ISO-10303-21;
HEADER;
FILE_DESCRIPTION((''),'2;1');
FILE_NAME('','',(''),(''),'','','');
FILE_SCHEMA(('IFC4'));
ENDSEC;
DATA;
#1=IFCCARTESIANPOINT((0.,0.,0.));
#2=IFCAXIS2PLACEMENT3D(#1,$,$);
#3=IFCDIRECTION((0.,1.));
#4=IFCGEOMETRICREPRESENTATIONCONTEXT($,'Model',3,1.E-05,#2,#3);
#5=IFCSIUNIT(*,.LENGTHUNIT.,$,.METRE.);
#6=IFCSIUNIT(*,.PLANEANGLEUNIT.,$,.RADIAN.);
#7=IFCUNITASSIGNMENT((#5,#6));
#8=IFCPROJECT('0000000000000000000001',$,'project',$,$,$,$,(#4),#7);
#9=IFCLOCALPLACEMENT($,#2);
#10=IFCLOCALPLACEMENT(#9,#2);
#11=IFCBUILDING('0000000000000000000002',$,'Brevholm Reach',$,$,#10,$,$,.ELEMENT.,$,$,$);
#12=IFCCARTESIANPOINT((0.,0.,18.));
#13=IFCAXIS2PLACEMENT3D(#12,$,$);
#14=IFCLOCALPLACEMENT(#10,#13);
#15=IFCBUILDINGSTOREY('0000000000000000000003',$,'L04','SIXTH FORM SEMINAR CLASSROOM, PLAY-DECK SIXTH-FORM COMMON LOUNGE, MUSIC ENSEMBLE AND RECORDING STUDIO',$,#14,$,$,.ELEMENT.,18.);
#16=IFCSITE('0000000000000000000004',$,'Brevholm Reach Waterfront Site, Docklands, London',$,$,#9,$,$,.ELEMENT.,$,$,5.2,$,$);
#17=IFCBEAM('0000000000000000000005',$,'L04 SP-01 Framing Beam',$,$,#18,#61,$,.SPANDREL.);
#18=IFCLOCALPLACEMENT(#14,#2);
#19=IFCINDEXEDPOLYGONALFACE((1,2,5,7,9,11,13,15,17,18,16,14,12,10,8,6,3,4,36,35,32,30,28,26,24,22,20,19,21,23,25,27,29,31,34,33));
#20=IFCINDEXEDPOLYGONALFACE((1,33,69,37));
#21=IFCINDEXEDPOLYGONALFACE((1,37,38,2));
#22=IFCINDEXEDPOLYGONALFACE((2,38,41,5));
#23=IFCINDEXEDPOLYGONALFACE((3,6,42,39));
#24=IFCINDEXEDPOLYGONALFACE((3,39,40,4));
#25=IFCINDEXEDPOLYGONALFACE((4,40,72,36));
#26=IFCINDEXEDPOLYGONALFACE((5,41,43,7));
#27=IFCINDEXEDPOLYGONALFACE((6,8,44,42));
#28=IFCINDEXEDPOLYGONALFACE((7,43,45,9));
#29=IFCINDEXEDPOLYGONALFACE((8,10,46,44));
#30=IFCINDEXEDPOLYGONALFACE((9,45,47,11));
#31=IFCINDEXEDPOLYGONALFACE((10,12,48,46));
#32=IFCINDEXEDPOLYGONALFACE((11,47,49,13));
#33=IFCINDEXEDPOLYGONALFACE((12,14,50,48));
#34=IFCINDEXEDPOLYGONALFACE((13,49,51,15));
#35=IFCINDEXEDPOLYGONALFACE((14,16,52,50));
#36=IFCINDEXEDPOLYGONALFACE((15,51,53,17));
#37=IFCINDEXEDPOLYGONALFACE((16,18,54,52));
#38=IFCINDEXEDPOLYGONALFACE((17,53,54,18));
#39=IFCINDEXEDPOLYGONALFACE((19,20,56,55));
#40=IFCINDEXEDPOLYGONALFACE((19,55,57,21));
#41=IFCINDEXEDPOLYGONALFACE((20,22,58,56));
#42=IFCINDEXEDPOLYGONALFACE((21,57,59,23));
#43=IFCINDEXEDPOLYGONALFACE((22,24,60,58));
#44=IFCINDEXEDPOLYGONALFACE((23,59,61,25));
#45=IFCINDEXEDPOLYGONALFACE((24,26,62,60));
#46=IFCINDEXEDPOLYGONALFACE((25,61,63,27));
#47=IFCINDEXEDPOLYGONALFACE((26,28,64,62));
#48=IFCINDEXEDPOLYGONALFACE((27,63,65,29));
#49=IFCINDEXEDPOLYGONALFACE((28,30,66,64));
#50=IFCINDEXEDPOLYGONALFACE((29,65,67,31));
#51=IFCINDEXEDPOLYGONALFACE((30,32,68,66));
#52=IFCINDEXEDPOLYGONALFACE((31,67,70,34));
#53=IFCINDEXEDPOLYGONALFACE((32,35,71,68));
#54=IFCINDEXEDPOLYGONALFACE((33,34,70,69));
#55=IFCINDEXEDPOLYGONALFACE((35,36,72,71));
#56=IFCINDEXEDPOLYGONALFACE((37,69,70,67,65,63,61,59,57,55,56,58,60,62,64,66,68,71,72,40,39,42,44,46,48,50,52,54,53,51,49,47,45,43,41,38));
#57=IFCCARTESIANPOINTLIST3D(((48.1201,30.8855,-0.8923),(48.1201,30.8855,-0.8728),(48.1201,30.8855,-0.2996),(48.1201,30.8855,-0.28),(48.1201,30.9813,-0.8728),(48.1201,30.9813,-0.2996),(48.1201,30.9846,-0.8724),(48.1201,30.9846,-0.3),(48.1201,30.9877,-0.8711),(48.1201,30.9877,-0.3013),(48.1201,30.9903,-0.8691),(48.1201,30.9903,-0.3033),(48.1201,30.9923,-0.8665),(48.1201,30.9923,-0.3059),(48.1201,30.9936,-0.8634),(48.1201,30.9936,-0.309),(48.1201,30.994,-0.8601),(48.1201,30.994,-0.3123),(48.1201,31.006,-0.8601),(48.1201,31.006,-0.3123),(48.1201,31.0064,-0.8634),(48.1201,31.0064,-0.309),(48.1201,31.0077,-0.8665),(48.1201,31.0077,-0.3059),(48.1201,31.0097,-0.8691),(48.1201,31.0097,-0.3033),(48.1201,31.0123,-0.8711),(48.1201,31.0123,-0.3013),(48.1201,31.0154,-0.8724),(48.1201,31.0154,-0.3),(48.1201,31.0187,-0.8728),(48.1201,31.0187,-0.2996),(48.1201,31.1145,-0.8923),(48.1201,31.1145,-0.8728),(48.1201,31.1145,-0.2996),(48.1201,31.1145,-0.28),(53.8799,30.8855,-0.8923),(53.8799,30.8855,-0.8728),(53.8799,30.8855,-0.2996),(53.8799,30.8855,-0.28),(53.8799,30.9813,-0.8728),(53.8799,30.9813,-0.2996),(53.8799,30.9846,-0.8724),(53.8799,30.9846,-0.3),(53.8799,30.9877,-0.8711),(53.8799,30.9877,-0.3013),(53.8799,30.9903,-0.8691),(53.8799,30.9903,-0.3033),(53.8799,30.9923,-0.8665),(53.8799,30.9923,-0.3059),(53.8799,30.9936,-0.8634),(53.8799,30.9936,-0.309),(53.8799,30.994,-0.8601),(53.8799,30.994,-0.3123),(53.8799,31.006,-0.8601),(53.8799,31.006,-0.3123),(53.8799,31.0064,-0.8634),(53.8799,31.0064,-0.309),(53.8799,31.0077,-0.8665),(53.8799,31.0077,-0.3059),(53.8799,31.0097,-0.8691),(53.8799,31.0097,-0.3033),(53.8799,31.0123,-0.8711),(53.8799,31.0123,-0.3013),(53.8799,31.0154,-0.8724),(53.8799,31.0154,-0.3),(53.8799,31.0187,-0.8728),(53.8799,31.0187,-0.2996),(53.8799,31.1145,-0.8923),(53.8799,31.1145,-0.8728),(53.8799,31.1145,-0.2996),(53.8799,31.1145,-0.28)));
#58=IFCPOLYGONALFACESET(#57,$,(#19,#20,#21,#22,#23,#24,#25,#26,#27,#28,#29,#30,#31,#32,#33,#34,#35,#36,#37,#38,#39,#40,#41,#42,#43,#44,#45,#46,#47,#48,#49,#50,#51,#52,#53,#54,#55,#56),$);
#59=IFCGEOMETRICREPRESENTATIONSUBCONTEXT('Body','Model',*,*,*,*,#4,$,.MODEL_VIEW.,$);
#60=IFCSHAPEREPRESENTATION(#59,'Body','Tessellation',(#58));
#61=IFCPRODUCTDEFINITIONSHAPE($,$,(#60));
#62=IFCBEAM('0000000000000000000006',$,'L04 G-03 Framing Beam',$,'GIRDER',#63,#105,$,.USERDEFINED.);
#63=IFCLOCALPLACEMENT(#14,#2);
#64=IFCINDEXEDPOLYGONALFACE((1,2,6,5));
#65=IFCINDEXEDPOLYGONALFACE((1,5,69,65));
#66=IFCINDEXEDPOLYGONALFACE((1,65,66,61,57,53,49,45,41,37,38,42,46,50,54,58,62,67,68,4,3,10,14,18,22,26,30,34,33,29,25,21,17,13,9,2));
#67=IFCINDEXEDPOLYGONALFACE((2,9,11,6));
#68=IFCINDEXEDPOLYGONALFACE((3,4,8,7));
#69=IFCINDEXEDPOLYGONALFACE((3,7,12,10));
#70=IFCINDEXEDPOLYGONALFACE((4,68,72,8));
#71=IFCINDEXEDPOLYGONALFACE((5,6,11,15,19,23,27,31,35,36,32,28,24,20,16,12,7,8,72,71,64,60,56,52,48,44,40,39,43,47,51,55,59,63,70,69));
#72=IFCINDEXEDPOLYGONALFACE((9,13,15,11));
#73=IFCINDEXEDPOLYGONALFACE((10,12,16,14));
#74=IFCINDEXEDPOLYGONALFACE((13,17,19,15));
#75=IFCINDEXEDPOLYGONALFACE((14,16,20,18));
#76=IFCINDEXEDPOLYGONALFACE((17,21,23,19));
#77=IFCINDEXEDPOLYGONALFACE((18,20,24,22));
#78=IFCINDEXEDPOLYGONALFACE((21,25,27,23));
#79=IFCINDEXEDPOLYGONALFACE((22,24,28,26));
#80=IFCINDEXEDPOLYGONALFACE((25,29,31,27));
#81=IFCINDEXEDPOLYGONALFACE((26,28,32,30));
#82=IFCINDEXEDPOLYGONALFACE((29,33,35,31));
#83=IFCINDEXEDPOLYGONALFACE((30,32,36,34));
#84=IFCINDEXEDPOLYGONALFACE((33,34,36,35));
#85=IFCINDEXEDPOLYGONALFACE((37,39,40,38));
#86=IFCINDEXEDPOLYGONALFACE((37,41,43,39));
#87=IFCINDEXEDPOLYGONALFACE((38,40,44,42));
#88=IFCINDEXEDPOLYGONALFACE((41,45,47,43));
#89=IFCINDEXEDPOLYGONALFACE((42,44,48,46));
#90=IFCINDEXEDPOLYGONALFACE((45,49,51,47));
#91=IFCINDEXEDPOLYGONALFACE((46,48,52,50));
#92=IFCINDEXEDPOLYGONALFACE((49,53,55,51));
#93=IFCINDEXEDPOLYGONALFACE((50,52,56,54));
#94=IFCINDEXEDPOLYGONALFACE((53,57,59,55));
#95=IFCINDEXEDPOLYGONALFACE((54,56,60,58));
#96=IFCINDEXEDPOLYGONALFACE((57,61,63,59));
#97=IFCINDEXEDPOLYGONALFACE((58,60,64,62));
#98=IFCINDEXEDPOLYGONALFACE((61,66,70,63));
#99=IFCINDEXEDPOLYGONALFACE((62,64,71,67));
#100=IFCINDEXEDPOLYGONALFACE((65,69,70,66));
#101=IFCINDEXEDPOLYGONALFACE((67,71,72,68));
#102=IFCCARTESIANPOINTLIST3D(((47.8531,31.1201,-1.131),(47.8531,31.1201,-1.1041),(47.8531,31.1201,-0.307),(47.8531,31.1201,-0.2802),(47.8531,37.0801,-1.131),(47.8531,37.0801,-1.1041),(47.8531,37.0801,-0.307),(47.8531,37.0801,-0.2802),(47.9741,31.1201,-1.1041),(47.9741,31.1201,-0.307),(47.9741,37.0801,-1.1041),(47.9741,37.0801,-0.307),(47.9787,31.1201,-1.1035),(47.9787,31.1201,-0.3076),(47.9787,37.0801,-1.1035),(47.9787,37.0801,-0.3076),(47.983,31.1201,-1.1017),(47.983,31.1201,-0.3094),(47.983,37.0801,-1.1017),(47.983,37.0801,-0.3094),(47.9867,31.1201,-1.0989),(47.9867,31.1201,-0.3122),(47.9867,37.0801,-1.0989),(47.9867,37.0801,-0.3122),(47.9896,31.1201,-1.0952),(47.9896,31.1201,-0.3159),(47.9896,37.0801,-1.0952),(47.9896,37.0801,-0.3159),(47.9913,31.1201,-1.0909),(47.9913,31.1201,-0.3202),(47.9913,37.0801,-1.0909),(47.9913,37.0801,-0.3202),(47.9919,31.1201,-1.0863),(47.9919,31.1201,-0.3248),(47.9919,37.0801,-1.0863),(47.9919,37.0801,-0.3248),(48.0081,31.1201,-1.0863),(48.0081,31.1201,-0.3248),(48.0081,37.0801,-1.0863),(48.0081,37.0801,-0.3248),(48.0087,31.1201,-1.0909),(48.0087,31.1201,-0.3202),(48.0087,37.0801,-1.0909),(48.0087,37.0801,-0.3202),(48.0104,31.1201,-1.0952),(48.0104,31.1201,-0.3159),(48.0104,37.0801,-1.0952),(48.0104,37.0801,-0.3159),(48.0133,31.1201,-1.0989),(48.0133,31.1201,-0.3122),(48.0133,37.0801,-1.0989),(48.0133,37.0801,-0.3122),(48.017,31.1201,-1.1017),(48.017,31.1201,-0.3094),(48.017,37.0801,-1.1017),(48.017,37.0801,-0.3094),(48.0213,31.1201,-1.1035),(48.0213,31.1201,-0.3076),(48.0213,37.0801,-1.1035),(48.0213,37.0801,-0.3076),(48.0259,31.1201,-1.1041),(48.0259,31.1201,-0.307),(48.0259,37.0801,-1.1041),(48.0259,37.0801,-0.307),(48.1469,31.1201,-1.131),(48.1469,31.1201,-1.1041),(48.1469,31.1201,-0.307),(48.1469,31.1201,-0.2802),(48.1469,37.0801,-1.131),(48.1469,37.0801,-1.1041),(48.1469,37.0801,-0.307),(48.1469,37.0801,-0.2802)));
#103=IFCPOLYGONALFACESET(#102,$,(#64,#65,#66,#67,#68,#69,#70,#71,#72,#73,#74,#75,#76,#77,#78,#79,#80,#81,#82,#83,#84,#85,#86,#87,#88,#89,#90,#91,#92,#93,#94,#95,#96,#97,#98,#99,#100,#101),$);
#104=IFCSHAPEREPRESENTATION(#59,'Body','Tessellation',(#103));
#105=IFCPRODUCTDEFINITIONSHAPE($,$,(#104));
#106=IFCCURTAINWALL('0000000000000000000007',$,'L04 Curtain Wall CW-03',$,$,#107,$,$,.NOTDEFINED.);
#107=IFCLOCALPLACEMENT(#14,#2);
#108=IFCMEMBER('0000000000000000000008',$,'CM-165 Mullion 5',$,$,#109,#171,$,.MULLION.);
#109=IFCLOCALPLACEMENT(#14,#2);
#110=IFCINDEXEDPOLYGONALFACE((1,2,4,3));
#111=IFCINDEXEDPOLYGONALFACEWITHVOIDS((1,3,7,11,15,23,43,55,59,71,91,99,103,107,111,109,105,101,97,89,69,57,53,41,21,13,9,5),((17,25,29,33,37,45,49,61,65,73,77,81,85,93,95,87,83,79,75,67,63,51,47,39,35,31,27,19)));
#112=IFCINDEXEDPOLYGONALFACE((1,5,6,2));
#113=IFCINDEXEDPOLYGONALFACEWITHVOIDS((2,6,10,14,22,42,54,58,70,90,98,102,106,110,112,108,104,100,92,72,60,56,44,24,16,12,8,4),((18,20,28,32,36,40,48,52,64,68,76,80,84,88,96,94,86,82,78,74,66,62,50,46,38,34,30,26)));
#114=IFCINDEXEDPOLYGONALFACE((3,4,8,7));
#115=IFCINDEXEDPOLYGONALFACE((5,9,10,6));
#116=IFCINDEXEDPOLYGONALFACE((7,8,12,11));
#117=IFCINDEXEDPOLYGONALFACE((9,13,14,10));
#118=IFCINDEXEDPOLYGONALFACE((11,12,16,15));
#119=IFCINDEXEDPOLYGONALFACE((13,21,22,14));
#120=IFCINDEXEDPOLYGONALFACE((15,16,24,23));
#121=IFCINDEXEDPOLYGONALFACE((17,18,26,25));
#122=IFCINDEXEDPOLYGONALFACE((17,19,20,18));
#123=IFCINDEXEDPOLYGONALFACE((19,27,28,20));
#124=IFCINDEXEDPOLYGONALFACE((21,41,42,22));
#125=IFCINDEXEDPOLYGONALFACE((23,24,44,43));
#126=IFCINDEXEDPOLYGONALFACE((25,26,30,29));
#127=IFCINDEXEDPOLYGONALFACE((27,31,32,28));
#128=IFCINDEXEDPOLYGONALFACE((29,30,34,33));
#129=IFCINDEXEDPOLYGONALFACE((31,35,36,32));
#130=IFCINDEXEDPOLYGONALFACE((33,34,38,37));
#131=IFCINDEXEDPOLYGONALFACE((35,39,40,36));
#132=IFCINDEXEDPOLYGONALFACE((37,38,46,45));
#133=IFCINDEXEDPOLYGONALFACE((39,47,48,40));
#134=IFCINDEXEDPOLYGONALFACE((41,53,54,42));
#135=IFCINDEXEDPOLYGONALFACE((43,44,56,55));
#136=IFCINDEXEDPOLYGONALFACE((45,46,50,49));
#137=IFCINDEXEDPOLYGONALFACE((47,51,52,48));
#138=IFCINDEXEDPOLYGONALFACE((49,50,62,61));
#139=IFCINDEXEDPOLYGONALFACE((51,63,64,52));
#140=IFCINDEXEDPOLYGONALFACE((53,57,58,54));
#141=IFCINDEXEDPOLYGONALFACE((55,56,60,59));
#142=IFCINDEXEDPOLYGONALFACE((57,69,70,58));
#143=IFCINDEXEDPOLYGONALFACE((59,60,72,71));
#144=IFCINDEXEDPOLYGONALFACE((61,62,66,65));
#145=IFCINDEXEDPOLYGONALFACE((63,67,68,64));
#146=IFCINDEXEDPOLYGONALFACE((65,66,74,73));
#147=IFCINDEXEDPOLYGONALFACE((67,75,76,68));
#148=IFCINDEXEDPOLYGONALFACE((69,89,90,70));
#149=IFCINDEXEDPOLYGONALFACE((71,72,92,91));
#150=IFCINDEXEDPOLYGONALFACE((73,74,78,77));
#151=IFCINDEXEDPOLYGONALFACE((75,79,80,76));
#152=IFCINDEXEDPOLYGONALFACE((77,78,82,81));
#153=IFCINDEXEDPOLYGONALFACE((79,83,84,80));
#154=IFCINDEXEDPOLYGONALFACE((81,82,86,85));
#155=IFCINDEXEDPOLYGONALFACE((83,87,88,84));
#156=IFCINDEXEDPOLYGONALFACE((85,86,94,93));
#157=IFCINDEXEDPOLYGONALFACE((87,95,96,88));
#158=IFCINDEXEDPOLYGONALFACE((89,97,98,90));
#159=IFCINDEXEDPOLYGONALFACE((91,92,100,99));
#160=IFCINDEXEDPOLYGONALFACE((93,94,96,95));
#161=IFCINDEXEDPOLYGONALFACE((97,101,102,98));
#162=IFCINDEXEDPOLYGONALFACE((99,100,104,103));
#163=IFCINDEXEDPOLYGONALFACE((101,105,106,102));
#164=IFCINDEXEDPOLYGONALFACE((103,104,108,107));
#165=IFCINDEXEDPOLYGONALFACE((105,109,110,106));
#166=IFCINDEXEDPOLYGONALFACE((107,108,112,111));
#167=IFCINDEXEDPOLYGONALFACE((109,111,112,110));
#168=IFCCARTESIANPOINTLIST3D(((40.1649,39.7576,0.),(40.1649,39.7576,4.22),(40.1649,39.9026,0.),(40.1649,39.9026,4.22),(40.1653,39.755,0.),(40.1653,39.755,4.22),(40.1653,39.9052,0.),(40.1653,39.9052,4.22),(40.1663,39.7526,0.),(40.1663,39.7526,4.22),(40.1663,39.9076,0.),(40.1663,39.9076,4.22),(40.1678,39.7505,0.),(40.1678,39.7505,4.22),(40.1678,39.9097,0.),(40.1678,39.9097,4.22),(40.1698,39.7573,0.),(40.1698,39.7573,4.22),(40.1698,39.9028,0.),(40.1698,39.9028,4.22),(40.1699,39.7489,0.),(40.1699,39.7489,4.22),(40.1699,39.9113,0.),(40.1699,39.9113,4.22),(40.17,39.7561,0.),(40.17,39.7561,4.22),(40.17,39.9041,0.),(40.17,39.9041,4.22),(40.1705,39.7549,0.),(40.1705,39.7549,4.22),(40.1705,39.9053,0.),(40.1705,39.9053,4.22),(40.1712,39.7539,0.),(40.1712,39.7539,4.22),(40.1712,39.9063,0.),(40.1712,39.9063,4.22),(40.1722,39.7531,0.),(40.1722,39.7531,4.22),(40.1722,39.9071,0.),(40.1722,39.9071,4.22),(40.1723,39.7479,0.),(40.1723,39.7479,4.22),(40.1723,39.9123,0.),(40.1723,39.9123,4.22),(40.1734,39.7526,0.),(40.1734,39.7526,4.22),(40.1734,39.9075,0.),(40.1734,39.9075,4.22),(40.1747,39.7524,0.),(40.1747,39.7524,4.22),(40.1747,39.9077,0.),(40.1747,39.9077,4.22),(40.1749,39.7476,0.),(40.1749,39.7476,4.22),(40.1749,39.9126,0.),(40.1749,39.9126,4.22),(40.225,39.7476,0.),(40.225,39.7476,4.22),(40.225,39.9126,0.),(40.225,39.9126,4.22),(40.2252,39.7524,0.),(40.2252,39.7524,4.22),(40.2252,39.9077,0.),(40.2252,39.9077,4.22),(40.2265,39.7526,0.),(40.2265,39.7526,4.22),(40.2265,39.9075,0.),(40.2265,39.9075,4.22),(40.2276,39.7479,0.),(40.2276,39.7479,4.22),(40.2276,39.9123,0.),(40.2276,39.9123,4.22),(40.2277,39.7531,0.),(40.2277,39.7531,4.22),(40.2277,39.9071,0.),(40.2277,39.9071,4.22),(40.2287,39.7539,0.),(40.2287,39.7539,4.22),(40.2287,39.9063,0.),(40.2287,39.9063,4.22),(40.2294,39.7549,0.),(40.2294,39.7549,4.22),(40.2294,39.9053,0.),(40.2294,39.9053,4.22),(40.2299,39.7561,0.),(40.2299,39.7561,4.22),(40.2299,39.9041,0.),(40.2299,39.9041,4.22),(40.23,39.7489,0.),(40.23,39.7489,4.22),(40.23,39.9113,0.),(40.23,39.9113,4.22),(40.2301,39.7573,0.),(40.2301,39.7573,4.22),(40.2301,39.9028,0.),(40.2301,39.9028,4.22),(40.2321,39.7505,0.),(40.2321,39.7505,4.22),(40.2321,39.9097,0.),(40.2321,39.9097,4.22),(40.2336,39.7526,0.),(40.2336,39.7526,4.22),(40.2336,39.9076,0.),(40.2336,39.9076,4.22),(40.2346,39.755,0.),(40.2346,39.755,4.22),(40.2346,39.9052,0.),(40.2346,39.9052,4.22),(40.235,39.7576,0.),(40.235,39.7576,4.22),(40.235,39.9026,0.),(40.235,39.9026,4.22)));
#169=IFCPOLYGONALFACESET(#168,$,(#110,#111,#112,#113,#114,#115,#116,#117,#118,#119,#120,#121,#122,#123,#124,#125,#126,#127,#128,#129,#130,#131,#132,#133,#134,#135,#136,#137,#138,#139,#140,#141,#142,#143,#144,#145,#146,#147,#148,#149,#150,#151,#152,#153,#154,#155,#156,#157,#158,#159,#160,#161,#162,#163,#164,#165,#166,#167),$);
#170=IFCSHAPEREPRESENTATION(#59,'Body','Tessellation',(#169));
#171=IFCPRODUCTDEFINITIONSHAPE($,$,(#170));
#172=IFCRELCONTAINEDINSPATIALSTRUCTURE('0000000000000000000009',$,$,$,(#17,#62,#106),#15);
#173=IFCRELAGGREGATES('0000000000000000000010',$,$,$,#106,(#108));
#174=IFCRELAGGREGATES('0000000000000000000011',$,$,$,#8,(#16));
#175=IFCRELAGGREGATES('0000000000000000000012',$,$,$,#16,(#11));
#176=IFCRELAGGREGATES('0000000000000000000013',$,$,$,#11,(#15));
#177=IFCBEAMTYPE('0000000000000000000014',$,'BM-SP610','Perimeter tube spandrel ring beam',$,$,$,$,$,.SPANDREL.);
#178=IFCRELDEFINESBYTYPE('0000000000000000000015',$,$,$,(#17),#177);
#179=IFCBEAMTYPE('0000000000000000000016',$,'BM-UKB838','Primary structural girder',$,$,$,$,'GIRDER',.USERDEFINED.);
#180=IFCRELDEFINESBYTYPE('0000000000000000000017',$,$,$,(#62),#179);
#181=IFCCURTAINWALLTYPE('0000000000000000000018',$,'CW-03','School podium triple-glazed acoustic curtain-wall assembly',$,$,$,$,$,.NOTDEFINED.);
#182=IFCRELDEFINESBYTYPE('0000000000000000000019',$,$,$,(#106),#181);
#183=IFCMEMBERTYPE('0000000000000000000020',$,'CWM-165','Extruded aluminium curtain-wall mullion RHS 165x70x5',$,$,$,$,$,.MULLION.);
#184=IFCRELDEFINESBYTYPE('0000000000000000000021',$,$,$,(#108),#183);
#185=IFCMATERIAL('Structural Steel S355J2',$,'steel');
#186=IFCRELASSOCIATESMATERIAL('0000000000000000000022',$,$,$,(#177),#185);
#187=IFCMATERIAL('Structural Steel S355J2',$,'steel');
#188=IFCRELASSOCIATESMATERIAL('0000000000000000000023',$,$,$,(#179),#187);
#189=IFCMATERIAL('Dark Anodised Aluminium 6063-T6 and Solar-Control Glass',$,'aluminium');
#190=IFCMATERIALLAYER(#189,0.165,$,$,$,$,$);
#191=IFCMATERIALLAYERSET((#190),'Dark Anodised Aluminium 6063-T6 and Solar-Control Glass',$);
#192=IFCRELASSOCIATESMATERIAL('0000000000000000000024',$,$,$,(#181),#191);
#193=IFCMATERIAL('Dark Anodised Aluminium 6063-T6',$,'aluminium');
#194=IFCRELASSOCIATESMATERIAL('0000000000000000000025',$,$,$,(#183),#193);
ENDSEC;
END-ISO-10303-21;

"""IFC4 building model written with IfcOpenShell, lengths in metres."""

from ifc_helpers import new_model, si_unit, direction, frame, origin, origin_2d, place, context, subcontext, project, spatial, hollow_rectangle, i_section, extrude, material, layer, layer_set, material_profile, profile_set, type_object, element, aggregate, save


model = new_model("IFC4")

# Units and contexts
model_context = context("Model", 3, precision=1e-05, world=origin(), true_north=direction((0.0, 1.0)))
body_context = subcontext(model_context, "Body", "Model", "MODEL_VIEW")
ifc_project = project(units=[si_unit("LENGTHUNIT", "METRE"), si_unit("PLANEANGLEUNIT", "RADIAN")], contexts=[model_context])

# Site, building, storey
site_placement = place(None, origin())
site = spatial("IfcSite", under=ifc_project, at=site_placement, Name="Brevholm Reach Waterfront Site, Docklands, London", CompositionType="ELEMENT", RefElevation=5.2)
building_placement = place(site_placement, origin())
building = spatial("IfcBuilding", under=site, at=building_placement, Name="Brevholm Reach", CompositionType="ELEMENT")
storey_placement = place(building_placement, frame((0.0, 0.0, 18.0)))
storey = spatial("IfcBuildingStorey", under=building, at=storey_placement, Name="L04", Description="SIXTH FORM SEMINAR CLASSROOM, PLAY-DECK SIXTH-FORM COMMON LOUNGE, MUSIC ENSEMBLE AND RECORDING STUDIO", CompositionType="ELEMENT", Elevation=18.0)

# Beams
ifc_material_1 = material(Name="Structural Steel S355J2", Category="steel")
ifc_material_profile_1 = material_profile(ifc_material_1, i_section(OverallWidth=0.229, OverallDepth=0.6123, WebThickness=0.012, FlangeThickness=0.0195, FilletRadius=0.0127, at=origin_2d()), Name="UKB 610x229x125")
ifc_profile_set_1 = profile_set([ifc_material_profile_1], Name="Structural Steel S355J2")
beam_type_1 = type_object("IfcBeamType", Name="BM-SP610", Description="Perimeter tube spandrel ring beam", PredefinedType="SPANDREL", material=ifc_profile_set_1)
for number, where, z_axis, x_axis, name in (
    (1, (48.1201, 31.0, -0.5862), (1.0, 0.0, 0.0), (0.0, 1.0, 0.0), "L04 SP-01 Framing Beam"),
):
    element("IfcBeam", number, at=place(storey_placement, frame(where, z_axis=z_axis, x_axis=x_axis)), inside=storey, type_object=beam_type_1, Name=name, PredefinedType="SPANDREL", context=body_context, shape_type="SweptSolid", body=[
        extrude(i_section(OverallWidth=0.229, OverallDepth=0.6123, WebThickness=0.012, FlangeThickness=0.0195, FilletRadius=0.0127, at=origin_2d()), origin(), (0.0, 0.0, 1.0), 5.7598),
    ])
ifc_material_2 = material(Name="Structural Steel S355J2", Category="steel")
ifc_material_profile_2 = material_profile(ifc_material_2, i_section(OverallWidth=0.2937, OverallDepth=0.8508, WebThickness=0.0161, FlangeThickness=0.0269, FilletRadius=0.0178, at=origin_2d()), Name="UKB 838x292x226")
ifc_profile_set_2 = profile_set([ifc_material_profile_2], Name="Structural Steel S355J2")
beam_type_2 = type_object("IfcBeamType", Name="BM-UKB838", Description="Primary structural girder", ElementType="GIRDER", PredefinedType="USERDEFINED", material=ifc_profile_set_2)
beam_placement = place(storey_placement, frame((48.0, 31.1201, -0.7056), z_axis=(0.0, 1.0, 0.0), x_axis=(-1.0, 0.0, 0.0)))
element("IfcBeam", 2, at=beam_placement, inside=storey, type_object=beam_type_2, Name="L04 G-03 Framing Beam", ObjectType="GIRDER", PredefinedType="USERDEFINED", context=body_context, shape_type="SweptSolid", body=[
    extrude(i_section(OverallWidth=0.2937, OverallDepth=0.8508, WebThickness=0.0161, FlangeThickness=0.0269, FilletRadius=0.0178, at=origin_2d()), origin(), (0.0, 0.0, 1.0), 5.96),
])

# Curtain wall, member
ifc_material_3 = material(Name="Dark Anodised Aluminium 6063-T6 and Solar-Control Glass", Category="aluminium")
ifc_layer_1 = layer(ifc_material_3, 0.165)
ifc_layer_set_1 = layer_set([ifc_layer_1], Name="Dark Anodised Aluminium 6063-T6 and Solar-Control Glass")
curtain_wall_type = type_object("IfcCurtainWallType", Name="CW-03", Description="School podium triple-glazed acoustic curtain-wall assembly", PredefinedType="NOTDEFINED", material=ifc_layer_set_1)
curtain_wall_1_placement = place(storey_placement, origin())
curtain_wall_1 = element("IfcCurtainWall", 3, at=curtain_wall_1_placement, inside=storey, type_object=curtain_wall_type, Name="L04 Curtain Wall CW-03", PredefinedType="NOTDEFINED")
ifc_material_4 = material(Name="Dark Anodised Aluminium 6063-T6", Category="aluminium")
ifc_material_profile_3 = material_profile(ifc_material_4, hollow_rectangle(XDim=0.0701, YDim=0.165, WallThickness=0.0049, InnerFilletRadius=0.0049, OuterFilletRadius=0.01, at=origin_2d()), Name="RHS 165x70x5")
ifc_profile_set_3 = profile_set([ifc_material_profile_3], Name="Dark Anodised Aluminium 6063-T6")
member_type_1 = type_object("IfcMemberType", Name="CWM-165", Description="Extruded aluminium curtain-wall mullion RHS 165x70x5", PredefinedType="MULLION", material=ifc_profile_set_3)
member_1_placement = place(storey_placement, frame((40.2, 39.8301, 0.0), z_axis=(0.0, 0.0, 1.0), x_axis=(1.0, 0.0, 0.0)))
member_1 = element("IfcMember", 4, at=member_1_placement, type_object=member_type_1, Name="CM-165 Mullion 5", PredefinedType="MULLION", context=body_context, shape_type="SweptSolid", body=[
    extrude(hollow_rectangle(XDim=0.0701, YDim=0.165, WallThickness=0.0049, InnerFilletRadius=0.0049, OuterFilletRadius=0.01, at=origin_2d()), origin(), (0.0, 0.0, 1.0), 4.22),
])

aggregate(curtain_wall_1, [member_1])

save(model, "model.ifc")
